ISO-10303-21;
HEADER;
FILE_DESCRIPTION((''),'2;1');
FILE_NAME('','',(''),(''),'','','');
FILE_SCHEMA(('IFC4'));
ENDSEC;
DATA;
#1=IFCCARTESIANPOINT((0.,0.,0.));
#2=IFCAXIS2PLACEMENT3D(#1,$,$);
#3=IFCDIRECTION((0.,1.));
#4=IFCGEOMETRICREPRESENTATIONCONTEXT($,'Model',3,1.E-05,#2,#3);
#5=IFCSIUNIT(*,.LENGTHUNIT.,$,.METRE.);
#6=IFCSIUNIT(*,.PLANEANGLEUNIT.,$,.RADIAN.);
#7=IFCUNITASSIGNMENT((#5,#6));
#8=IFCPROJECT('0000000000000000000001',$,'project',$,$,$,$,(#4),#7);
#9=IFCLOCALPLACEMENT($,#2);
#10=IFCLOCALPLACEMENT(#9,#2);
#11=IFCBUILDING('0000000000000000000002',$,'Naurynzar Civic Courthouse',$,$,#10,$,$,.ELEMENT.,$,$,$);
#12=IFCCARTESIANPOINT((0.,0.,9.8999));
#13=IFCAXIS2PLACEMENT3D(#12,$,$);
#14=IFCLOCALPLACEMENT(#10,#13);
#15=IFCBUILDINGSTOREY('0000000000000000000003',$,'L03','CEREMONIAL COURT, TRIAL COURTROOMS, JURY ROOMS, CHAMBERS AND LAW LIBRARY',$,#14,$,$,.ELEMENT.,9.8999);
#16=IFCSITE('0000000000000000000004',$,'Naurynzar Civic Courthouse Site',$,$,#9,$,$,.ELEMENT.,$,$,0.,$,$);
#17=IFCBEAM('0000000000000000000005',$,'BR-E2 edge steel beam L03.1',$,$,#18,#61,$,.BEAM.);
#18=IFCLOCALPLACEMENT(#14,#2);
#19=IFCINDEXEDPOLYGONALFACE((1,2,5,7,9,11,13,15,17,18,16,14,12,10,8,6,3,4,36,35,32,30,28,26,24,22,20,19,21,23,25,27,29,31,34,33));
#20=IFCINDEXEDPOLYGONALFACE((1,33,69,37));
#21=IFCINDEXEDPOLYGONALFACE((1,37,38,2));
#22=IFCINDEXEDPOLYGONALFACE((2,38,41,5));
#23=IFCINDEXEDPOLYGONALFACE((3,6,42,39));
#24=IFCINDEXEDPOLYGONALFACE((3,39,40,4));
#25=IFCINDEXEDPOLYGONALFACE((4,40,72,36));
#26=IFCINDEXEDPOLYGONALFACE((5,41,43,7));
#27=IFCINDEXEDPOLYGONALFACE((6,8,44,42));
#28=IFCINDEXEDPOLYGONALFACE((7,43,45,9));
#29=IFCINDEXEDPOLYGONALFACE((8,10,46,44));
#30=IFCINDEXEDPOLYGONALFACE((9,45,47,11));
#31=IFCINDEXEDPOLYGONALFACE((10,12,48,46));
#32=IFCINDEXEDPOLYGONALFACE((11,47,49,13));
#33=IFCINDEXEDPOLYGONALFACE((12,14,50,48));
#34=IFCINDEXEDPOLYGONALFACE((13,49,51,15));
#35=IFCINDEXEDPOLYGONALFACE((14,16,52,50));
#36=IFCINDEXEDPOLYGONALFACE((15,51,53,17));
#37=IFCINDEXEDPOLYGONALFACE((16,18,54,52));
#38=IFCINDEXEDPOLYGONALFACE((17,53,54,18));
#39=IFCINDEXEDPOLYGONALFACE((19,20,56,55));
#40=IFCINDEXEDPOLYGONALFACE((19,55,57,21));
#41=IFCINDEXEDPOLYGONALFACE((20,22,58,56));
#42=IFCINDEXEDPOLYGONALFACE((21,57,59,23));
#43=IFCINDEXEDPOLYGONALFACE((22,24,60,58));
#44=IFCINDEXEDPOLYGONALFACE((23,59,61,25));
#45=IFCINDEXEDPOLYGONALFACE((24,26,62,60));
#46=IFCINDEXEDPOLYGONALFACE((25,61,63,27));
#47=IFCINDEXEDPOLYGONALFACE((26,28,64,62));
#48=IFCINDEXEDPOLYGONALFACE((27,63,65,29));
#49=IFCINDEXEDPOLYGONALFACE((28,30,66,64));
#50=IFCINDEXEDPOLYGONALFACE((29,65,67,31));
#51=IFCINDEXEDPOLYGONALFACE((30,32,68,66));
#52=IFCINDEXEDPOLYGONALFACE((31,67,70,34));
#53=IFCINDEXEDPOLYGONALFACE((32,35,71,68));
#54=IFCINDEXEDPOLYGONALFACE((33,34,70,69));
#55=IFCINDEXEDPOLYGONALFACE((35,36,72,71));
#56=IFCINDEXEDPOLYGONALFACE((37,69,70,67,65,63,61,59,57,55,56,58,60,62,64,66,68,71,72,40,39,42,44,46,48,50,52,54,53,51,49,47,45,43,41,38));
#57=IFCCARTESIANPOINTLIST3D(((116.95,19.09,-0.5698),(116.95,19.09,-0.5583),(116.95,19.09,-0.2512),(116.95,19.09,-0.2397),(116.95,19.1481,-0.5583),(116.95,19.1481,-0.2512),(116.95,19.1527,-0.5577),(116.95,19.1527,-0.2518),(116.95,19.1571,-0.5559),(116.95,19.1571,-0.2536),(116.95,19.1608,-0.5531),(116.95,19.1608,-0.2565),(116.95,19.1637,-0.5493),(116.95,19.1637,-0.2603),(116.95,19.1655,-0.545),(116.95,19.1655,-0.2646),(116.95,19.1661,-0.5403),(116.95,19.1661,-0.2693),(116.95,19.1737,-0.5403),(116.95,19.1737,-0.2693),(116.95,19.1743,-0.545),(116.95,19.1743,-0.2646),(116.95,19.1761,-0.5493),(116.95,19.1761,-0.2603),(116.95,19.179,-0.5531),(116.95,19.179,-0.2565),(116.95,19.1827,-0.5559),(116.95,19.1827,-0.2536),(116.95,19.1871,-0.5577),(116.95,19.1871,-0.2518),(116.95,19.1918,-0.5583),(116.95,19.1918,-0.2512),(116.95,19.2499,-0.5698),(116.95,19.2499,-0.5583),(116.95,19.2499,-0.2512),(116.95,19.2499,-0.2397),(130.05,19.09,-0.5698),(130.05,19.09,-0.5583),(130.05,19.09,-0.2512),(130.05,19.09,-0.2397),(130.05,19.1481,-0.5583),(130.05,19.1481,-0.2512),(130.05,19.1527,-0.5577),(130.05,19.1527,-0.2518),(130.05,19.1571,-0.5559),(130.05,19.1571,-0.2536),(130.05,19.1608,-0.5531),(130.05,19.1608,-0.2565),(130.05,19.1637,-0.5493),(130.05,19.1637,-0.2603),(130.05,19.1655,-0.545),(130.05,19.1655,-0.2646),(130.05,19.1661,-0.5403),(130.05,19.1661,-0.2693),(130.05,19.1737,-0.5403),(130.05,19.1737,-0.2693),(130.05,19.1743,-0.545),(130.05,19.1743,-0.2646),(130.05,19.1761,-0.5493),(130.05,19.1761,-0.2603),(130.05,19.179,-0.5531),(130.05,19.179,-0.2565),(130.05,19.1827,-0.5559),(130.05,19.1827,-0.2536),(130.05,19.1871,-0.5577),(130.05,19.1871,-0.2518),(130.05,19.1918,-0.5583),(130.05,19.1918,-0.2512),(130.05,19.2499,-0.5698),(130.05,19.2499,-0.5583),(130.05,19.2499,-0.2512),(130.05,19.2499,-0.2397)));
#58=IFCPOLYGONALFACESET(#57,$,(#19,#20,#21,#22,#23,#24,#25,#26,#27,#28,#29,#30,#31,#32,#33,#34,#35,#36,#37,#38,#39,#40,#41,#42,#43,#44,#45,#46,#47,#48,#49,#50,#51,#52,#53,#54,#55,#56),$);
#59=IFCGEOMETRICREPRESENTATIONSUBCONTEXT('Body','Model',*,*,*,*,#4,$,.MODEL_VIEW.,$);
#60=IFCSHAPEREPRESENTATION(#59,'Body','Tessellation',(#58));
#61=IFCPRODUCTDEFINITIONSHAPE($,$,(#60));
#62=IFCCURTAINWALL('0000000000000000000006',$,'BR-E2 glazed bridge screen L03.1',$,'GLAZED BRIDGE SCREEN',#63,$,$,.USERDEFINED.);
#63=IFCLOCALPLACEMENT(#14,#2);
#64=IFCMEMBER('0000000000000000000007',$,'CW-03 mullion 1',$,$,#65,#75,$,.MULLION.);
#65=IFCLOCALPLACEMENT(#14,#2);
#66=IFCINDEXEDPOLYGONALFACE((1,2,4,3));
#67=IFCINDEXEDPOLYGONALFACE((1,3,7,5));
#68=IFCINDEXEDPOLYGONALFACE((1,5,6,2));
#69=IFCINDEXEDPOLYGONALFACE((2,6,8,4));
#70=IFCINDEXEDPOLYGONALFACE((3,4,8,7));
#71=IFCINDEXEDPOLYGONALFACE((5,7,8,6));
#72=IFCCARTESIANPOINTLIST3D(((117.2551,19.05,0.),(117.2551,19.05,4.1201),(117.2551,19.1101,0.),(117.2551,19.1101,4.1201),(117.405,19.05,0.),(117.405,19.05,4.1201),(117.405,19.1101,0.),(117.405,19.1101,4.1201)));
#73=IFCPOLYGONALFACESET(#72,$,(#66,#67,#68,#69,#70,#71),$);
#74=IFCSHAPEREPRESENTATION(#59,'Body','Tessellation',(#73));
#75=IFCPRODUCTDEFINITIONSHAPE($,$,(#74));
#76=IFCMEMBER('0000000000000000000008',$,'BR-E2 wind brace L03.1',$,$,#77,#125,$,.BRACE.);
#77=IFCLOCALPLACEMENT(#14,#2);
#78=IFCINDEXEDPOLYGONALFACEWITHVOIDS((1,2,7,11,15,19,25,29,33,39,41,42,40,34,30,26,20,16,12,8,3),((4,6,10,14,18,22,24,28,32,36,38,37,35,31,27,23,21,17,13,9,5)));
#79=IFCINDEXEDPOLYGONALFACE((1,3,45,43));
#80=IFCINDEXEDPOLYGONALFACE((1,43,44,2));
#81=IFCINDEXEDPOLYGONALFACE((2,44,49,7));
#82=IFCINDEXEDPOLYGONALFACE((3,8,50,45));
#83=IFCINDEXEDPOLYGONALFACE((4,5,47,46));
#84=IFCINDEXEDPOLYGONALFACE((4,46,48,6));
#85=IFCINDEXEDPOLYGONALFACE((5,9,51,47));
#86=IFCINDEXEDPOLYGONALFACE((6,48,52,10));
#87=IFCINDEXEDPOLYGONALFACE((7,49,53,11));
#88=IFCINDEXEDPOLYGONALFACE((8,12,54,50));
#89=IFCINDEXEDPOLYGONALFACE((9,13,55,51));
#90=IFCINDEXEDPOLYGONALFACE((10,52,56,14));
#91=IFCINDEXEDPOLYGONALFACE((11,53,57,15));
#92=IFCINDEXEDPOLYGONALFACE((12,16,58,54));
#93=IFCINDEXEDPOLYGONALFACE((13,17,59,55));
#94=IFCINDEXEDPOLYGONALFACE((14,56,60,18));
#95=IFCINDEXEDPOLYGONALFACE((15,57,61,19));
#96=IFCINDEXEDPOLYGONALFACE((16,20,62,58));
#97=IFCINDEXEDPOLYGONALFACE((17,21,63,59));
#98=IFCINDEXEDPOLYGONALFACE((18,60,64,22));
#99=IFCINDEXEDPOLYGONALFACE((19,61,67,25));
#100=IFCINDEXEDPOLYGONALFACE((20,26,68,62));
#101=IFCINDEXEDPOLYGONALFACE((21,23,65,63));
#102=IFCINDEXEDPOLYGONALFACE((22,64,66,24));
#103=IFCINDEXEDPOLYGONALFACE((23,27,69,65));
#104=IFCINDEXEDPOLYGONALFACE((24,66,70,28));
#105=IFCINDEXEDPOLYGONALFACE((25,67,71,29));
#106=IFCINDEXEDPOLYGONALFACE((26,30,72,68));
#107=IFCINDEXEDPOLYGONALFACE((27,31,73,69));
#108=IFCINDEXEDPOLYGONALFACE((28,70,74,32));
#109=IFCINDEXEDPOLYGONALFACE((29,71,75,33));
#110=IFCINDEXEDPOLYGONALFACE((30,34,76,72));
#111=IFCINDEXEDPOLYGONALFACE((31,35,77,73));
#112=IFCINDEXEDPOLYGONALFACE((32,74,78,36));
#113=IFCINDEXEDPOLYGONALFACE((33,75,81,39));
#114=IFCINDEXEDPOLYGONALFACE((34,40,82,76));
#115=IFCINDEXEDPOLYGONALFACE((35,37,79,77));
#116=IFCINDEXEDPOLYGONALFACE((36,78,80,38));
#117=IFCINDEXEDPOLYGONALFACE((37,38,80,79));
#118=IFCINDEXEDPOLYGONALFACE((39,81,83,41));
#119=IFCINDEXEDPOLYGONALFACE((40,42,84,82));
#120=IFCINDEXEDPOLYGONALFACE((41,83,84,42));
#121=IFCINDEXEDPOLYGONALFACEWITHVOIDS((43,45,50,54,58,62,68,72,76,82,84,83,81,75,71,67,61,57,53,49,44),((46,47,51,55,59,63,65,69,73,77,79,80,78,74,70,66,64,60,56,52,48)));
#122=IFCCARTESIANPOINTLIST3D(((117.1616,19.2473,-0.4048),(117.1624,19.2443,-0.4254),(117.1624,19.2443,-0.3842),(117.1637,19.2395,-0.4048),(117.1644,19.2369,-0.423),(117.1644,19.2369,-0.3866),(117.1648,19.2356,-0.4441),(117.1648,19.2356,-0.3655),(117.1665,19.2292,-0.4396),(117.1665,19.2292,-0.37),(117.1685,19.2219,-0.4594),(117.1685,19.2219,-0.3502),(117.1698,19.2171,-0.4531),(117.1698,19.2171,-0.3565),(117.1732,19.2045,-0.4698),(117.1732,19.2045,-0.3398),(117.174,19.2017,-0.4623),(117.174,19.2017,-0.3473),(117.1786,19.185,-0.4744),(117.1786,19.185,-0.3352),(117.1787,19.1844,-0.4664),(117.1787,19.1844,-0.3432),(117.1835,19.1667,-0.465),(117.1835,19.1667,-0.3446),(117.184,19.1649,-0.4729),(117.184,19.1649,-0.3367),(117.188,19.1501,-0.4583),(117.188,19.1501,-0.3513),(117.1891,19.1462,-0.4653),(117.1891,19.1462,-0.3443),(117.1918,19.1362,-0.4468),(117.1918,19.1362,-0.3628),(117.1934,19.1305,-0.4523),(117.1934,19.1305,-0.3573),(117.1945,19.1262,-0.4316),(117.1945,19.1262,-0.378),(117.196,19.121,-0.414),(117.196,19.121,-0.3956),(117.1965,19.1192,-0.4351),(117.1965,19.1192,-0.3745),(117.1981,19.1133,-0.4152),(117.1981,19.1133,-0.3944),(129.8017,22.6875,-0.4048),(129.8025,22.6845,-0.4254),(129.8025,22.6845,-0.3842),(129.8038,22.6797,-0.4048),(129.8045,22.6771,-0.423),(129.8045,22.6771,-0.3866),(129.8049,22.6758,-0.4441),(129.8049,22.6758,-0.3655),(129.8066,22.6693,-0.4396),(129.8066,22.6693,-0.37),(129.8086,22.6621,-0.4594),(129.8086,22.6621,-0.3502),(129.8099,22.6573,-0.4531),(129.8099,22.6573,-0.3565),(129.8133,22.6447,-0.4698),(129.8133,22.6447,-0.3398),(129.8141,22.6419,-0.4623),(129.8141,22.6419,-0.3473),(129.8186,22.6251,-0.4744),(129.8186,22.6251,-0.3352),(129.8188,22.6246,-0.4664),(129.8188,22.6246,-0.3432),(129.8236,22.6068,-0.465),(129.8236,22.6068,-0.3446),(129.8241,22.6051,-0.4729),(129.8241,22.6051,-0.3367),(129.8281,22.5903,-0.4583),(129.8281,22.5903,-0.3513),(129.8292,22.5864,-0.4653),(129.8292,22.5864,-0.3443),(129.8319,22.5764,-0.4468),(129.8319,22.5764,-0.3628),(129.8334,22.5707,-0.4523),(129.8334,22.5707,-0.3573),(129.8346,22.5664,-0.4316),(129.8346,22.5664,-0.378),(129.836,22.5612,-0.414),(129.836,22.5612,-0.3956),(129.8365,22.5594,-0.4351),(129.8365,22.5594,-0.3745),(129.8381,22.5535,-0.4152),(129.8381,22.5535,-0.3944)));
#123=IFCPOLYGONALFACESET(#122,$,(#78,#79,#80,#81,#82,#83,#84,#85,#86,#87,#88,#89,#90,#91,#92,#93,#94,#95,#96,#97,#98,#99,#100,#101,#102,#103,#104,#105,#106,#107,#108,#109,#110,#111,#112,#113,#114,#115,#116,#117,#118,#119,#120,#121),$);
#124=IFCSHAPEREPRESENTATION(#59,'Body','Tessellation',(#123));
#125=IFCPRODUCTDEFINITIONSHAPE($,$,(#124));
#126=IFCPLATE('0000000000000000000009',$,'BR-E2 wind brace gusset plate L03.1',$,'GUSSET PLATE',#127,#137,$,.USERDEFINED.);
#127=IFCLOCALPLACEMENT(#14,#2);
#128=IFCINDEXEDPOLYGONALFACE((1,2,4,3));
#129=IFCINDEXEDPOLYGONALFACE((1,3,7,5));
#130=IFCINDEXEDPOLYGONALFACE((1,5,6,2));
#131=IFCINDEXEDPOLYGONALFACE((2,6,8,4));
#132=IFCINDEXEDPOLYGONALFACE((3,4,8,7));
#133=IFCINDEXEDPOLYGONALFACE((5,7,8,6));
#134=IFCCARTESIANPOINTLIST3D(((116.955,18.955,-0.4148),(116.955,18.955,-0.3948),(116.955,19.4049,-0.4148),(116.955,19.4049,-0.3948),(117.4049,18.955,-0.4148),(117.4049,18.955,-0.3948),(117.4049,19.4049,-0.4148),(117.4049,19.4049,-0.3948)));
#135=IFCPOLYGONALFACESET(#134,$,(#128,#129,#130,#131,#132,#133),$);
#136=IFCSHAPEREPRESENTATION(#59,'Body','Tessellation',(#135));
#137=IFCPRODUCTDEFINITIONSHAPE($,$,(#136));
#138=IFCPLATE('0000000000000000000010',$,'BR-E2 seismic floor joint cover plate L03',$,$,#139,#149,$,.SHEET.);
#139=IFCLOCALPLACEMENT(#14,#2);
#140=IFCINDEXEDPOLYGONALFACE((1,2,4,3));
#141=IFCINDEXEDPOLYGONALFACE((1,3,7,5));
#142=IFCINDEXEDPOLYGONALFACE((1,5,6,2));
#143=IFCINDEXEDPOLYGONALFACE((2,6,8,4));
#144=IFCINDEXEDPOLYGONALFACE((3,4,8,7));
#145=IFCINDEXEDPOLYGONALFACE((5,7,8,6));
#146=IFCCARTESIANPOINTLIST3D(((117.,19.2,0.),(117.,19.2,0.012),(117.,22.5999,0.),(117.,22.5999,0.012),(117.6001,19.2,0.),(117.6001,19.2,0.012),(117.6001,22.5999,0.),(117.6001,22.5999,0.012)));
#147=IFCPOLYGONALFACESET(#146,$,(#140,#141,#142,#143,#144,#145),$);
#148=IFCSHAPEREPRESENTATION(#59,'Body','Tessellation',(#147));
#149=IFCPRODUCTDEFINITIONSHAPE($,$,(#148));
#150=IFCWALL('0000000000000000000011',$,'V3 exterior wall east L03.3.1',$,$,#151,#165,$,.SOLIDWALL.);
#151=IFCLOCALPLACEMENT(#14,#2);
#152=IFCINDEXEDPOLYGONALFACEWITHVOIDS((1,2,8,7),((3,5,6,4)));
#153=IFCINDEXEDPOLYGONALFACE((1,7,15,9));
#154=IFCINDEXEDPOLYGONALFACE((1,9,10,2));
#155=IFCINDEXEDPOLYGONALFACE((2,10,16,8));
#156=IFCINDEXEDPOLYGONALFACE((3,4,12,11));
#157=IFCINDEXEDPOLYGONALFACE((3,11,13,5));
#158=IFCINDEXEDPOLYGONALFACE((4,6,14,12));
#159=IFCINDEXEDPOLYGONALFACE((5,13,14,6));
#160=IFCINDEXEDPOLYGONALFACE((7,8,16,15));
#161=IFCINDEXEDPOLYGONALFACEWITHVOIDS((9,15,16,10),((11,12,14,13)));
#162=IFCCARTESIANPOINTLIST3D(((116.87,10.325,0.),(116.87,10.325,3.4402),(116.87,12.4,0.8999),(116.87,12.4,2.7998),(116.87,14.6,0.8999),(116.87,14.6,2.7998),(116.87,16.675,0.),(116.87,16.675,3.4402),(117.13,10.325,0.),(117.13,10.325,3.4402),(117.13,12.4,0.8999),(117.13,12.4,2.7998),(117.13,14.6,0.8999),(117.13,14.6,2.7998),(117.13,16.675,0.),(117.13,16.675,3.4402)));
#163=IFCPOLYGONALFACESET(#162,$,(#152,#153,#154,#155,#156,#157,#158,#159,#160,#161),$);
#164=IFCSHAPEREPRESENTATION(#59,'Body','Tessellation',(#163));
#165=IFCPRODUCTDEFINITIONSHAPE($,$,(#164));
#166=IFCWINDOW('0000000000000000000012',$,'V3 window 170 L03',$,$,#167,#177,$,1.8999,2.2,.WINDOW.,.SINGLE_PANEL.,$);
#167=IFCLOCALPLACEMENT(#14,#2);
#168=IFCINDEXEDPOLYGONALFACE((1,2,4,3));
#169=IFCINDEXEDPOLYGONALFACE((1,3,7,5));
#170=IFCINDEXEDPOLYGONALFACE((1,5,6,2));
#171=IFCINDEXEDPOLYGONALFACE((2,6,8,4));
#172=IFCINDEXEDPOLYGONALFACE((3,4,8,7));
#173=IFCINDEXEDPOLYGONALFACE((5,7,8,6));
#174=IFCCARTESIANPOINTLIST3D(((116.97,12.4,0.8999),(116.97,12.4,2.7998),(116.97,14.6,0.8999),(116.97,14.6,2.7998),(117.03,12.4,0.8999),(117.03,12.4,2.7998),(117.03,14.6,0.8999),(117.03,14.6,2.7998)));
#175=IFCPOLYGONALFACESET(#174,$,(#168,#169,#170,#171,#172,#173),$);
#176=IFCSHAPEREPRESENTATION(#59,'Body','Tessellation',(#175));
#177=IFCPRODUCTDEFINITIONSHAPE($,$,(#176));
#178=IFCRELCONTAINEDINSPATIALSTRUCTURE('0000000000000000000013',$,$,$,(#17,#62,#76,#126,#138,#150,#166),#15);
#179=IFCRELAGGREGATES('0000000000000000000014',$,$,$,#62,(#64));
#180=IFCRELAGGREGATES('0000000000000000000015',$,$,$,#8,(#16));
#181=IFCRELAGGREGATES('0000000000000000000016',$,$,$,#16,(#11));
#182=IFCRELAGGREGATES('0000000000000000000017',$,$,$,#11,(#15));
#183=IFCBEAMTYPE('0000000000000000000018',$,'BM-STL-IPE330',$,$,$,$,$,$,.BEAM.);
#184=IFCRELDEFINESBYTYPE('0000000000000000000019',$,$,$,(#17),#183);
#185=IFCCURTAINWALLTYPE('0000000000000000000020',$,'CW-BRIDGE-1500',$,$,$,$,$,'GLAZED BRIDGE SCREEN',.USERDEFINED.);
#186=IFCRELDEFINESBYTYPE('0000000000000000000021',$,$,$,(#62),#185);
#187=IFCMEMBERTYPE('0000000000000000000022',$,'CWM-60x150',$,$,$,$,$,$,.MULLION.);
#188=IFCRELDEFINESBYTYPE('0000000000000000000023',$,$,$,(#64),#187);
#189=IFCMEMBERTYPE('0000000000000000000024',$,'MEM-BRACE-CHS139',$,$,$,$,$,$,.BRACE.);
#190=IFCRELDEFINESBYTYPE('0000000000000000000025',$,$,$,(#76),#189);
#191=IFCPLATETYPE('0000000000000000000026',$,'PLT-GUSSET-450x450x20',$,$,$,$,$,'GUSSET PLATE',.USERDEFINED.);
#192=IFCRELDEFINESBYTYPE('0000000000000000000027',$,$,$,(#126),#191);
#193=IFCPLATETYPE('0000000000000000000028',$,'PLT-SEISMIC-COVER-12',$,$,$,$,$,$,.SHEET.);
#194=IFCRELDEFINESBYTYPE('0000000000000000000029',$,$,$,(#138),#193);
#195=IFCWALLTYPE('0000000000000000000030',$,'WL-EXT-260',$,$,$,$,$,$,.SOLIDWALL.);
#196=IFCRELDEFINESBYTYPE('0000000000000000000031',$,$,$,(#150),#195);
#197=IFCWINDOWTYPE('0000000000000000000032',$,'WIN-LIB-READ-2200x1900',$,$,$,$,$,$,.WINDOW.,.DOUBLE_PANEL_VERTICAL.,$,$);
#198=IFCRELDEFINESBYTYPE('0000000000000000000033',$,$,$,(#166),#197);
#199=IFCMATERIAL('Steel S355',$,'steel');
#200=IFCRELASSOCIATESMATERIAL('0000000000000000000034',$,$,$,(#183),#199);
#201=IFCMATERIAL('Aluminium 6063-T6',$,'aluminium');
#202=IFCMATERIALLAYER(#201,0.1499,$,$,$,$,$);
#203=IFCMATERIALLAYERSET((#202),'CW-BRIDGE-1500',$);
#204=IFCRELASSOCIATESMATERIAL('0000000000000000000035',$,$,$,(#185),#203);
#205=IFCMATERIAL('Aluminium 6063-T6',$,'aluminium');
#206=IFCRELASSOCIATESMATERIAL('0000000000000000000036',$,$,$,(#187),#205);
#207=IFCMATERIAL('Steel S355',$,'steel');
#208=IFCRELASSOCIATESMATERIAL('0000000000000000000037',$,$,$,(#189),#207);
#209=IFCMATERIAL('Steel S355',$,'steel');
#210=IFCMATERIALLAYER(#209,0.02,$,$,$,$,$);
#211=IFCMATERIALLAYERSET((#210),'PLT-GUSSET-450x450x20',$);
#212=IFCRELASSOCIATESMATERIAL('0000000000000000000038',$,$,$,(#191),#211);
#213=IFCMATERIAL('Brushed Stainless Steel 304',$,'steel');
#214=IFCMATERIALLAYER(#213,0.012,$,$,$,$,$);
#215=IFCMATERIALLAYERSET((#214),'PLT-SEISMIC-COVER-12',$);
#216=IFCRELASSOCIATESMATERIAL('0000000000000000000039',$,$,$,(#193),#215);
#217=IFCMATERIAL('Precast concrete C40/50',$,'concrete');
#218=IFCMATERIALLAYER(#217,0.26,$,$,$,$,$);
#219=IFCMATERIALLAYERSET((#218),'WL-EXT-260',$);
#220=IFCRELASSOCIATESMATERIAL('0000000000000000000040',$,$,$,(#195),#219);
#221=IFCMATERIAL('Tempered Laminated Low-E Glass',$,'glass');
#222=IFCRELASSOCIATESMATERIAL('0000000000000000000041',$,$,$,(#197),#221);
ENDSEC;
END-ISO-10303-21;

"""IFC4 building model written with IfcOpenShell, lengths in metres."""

from ifc_helpers import new_model, si_unit, direction, frame, frame_2d, origin, origin_2d, place, context, subcontext, project, spatial, rectangle, hollow_circle, i_section, extrude, material, layer, layer_set, material_profile, profile_set, type_object, element, fill, aggregate, save


model = new_model("IFC4")

# Units and contexts
model_context = context("Model", 3, precision=1e-05, world=origin(), true_north=direction((0.0, 1.0)))
body_context = subcontext(model_context, "Body", "Model", "MODEL_VIEW")
ifc_project = project(units=[si_unit("LENGTHUNIT", "METRE"), si_unit("PLANEANGLEUNIT", "RADIAN")], contexts=[model_context])

# Site, building, storey
site_placement = place(None, origin())
site = spatial("IfcSite", under=ifc_project, at=site_placement, Name="Naurynzar Civic Courthouse Site", CompositionType="ELEMENT", RefElevation=0.0)
building_placement = place(site_placement, origin())
building = spatial("IfcBuilding", under=site, at=building_placement, Name="Naurynzar Civic Courthouse", CompositionType="ELEMENT")
storey_placement = place(building_placement, frame((0.0, 0.0, 9.8999)))
storey = spatial("IfcBuildingStorey", under=building, at=storey_placement, Name="L03", Description="CEREMONIAL COURT, TRIAL COURTROOMS, JURY ROOMS, CHAMBERS AND LAW LIBRARY", CompositionType="ELEMENT", Elevation=9.8999)

# Beam
ifc_material_1 = material(Name="Steel S355", Category="steel")
ifc_material_profile_1 = material_profile(ifc_material_1, i_section(OverallWidth=0.1599, OverallDepth=0.3301, WebThickness=0.0076, FlangeThickness=0.0115, FilletRadius=0.0181, at=origin_2d()), Name="IPE 330")
ifc_profile_set_1 = profile_set([ifc_material_profile_1], Name="Steel S355")
beam_type_1 = type_object("IfcBeamType", Name="BM-STL-IPE330", PredefinedType="BEAM", material=ifc_profile_set_1)
beam_1_placement = place(storey_placement, frame((116.95, 19.1699, -0.4048), z_axis=(1.0, 0.0, 0.0), x_axis=(0.0, 1.0, 0.0)))
element("IfcBeam", 1, at=beam_1_placement, inside=storey, type_object=beam_type_1, Name="BR-E2 edge steel beam L03.1", PredefinedType="BEAM", context=body_context, shape_type="SweptSolid", body=[
    extrude(i_section(OverallWidth=0.1599, OverallDepth=0.3301, WebThickness=0.0076, FlangeThickness=0.0115, FilletRadius=0.0181, at=origin_2d()), origin(), (0.0, 0.0, 1.0), 13.1001),
])

# Curtain wall, member
ifc_material_2 = material(Name="Aluminium 6063-T6", Category="aluminium")
ifc_layer_1 = layer(ifc_material_2, 0.1499)
ifc_layer_set_1 = layer_set([ifc_layer_1], Name="CW-BRIDGE-1500")
curtain_wall_type = type_object("IfcCurtainWallType", Name="CW-BRIDGE-1500", ElementType="GLAZED BRIDGE SCREEN", PredefinedType="USERDEFINED", material=ifc_layer_set_1)
curtain_wall_placement = place(storey_placement, origin())
curtain_wall = element("IfcCurtainWall", 2, at=curtain_wall_placement, inside=storey, type_object=curtain_wall_type, Name="BR-E2 glazed bridge screen L03.1", ObjectType="GLAZED BRIDGE SCREEN", PredefinedType="USERDEFINED")
ifc_material_3 = material(Name="Aluminium 6063-T6", Category="aluminium")
ifc_material_profile_2 = material_profile(ifc_material_3, rectangle(XDim=0.0601, YDim=0.1499, at=origin_2d()), Name="ALU MULLION 60x150")
ifc_profile_set_2 = profile_set([ifc_material_profile_2], Name="Aluminium 6063-T6")
member_type_1 = type_object("IfcMemberType", Name="CWM-60x150", PredefinedType="MULLION", material=ifc_profile_set_2)
member_1_placement = place(storey_placement, frame((117.3301, 19.0801, 0.0), z_axis=(0.0, 0.0, 1.0), x_axis=(0.0, 1.0, 0.0)))
member_1 = element("IfcMember", 3, at=member_1_placement, type_object=member_type_1, Name="CW-03 mullion 1", PredefinedType="MULLION", context=body_context, shape_type="SweptSolid", body=[
    extrude(rectangle(XDim=0.0601, YDim=0.1499, at=origin_2d()), origin(), (0.0, 0.0, 1.0), 4.1201),
])
aggregate(curtain_wall, [member_1])

# Member
ifc_material_4 = material(Name="Steel S355", Category="steel")
ifc_material_profile_3 = material_profile(ifc_material_4, hollow_circle(Radius=0.0698, WallThickness=0.0081, at=origin_2d()), Name="CHS 139.7x8")
ifc_profile_set_3 = profile_set([ifc_material_profile_3], Name="Steel S355")
member_type_2 = type_object("IfcMemberType", Name="MEM-BRACE-CHS139", PredefinedType="BRACE", material=ifc_profile_set_3)
member_2_placement = place(storey_placement, frame((117.1799, 19.1799, -0.4048), z_axis=(0.964902, 0.262611, 0.0), x_axis=(-0.262611, 0.964902, 0.0)))
element("IfcMember", 4, at=member_2_placement, inside=storey, type_object=member_type_2, Name="BR-E2 wind brace L03.1", PredefinedType="BRACE", context=body_context, shape_type="SweptSolid", body=[
    extrude(hollow_circle(Radius=0.0698, WallThickness=0.0081, at=origin_2d()), origin(), (0.0, 0.0, 1.0), 13.0999),
])

# Plates
ifc_material_5 = material(Name="Steel S355", Category="steel")
ifc_layer_2 = layer(ifc_material_5, 0.02)
ifc_layer_set_2 = layer_set([ifc_layer_2], Name="PLT-GUSSET-450x450x20")
plate_type_1 = type_object("IfcPlateType", Name="PLT-GUSSET-450x450x20", ElementType="GUSSET PLATE", PredefinedType="USERDEFINED", material=ifc_layer_set_2)
plate_1_placement = place(storey_placement, frame((117.1799, 19.1799, -0.4148), z_axis=(0.0, 0.0, 1.0), x_axis=(1.0, 0.0, 0.0)))
element("IfcPlate", 5, at=plate_1_placement, inside=storey, type_object=plate_type_1, Name="BR-E2 wind brace gusset plate L03.1", ObjectType="GUSSET PLATE", PredefinedType="USERDEFINED", context=body_context, shape_type="SweptSolid", body=[
    extrude(rectangle(XDim=0.45, YDim=0.45, at=origin_2d()), origin(), (0.0, 0.0, 1.0), 0.02),
])
ifc_material_6 = material(Name="Brushed Stainless Steel 304", Category="steel")
ifc_layer_3 = layer(ifc_material_6, 0.012)
ifc_layer_set_3 = layer_set([ifc_layer_3], Name="PLT-SEISMIC-COVER-12")
plate_type_2 = type_object("IfcPlateType", Name="PLT-SEISMIC-COVER-12", PredefinedType="SHEET", material=ifc_layer_set_3)
plate_2_placement = place(storey_placement, frame((117.3, 20.8999, 0.0), z_axis=(0.0, 0.0, 1.0), x_axis=(1.0, 0.0, 0.0)))
element("IfcPlate", 6, at=plate_2_placement, inside=storey, type_object=plate_type_2, Name="BR-E2 seismic floor joint cover plate L03", PredefinedType="SHEET", context=body_context, shape_type="SweptSolid", body=[
    extrude(rectangle(XDim=0.6001, YDim=3.3999, at=origin_2d()), origin(), (0.0, 0.0, 1.0), 0.012),
])

# Wall, opening, window
ifc_material_7 = material(Name="Precast concrete C40/50", Category="concrete")
ifc_layer_4 = layer(ifc_material_7, 0.26)
ifc_layer_set_4 = layer_set([ifc_layer_4], Name="WL-EXT-260")
wall_type = type_object("IfcWallType", Name="WL-EXT-260", PredefinedType="SOLIDWALL", material=ifc_layer_set_4)
wall_placement = place(storey_placement, frame((117.0, 16.675, 0.0), z_axis=(0.0, 0.0, 1.0), x_axis=(0.0, -1.0, 0.0)))
wall = element("IfcWall", 7, at=wall_placement, inside=storey, type_object=wall_type, Name="V3 exterior wall east L03.3.1", PredefinedType="SOLIDWALL", context=body_context, shape_type="SweptSolid", body=[
    extrude(rectangle(XDim=6.3501, YDim=0.26, at=frame_2d((3.175, 0.0))), origin(), (0.0, 0.0, 1.0), 3.4402),
])
opening_placement = place(wall_placement, frame((2.075, 0.0, 0.8999)))
opening = element("IfcOpeningElement", 8, at=opening_placement, cuts=wall, PredefinedType="OPENING", context=body_context, shape_type="SweptSolid", body=[
    extrude(rectangle(XDim=2.2, YDim=1.8999, at=frame_2d((1.1001, 0.95))), frame((0.0, 0.1399, 0.0), z_axis=(0.0, -1.0, 0.0), x_axis=(1.0, 0.0, 0.0)), (0.0, 0.0, 1.0), 0.28),
])
ifc_material_8 = material(Name="Tempered Laminated Low-E Glass", Category="glass")
window_type = type_object("IfcWindowType", Name="WIN-LIB-READ-2200x1900", PartitioningType="DOUBLE_PANEL_VERTICAL", PredefinedType="WINDOW", material=ifc_material_8)
window_placement = place(opening_placement, origin())
window = element("IfcWindow", 9, at=window_placement, inside=storey, type_object=window_type, Name="V3 window 170 L03", OverallHeight=1.8999, OverallWidth=2.2, PartitioningType="SINGLE_PANEL", PredefinedType="WINDOW", context=body_context, shape_type="SweptSolid", body=[
    extrude(rectangle(XDim=2.2, YDim=1.8999, at=frame_2d((1.1001, 0.95))), frame((0.0, 0.03, 0.0), z_axis=(0.0, -1.0, 0.0), x_axis=(1.0, 0.0, 0.0)), (0.0, 0.0, 1.0), 0.0601),
])
fill(opening, window)

save(model, "model.ifc")
